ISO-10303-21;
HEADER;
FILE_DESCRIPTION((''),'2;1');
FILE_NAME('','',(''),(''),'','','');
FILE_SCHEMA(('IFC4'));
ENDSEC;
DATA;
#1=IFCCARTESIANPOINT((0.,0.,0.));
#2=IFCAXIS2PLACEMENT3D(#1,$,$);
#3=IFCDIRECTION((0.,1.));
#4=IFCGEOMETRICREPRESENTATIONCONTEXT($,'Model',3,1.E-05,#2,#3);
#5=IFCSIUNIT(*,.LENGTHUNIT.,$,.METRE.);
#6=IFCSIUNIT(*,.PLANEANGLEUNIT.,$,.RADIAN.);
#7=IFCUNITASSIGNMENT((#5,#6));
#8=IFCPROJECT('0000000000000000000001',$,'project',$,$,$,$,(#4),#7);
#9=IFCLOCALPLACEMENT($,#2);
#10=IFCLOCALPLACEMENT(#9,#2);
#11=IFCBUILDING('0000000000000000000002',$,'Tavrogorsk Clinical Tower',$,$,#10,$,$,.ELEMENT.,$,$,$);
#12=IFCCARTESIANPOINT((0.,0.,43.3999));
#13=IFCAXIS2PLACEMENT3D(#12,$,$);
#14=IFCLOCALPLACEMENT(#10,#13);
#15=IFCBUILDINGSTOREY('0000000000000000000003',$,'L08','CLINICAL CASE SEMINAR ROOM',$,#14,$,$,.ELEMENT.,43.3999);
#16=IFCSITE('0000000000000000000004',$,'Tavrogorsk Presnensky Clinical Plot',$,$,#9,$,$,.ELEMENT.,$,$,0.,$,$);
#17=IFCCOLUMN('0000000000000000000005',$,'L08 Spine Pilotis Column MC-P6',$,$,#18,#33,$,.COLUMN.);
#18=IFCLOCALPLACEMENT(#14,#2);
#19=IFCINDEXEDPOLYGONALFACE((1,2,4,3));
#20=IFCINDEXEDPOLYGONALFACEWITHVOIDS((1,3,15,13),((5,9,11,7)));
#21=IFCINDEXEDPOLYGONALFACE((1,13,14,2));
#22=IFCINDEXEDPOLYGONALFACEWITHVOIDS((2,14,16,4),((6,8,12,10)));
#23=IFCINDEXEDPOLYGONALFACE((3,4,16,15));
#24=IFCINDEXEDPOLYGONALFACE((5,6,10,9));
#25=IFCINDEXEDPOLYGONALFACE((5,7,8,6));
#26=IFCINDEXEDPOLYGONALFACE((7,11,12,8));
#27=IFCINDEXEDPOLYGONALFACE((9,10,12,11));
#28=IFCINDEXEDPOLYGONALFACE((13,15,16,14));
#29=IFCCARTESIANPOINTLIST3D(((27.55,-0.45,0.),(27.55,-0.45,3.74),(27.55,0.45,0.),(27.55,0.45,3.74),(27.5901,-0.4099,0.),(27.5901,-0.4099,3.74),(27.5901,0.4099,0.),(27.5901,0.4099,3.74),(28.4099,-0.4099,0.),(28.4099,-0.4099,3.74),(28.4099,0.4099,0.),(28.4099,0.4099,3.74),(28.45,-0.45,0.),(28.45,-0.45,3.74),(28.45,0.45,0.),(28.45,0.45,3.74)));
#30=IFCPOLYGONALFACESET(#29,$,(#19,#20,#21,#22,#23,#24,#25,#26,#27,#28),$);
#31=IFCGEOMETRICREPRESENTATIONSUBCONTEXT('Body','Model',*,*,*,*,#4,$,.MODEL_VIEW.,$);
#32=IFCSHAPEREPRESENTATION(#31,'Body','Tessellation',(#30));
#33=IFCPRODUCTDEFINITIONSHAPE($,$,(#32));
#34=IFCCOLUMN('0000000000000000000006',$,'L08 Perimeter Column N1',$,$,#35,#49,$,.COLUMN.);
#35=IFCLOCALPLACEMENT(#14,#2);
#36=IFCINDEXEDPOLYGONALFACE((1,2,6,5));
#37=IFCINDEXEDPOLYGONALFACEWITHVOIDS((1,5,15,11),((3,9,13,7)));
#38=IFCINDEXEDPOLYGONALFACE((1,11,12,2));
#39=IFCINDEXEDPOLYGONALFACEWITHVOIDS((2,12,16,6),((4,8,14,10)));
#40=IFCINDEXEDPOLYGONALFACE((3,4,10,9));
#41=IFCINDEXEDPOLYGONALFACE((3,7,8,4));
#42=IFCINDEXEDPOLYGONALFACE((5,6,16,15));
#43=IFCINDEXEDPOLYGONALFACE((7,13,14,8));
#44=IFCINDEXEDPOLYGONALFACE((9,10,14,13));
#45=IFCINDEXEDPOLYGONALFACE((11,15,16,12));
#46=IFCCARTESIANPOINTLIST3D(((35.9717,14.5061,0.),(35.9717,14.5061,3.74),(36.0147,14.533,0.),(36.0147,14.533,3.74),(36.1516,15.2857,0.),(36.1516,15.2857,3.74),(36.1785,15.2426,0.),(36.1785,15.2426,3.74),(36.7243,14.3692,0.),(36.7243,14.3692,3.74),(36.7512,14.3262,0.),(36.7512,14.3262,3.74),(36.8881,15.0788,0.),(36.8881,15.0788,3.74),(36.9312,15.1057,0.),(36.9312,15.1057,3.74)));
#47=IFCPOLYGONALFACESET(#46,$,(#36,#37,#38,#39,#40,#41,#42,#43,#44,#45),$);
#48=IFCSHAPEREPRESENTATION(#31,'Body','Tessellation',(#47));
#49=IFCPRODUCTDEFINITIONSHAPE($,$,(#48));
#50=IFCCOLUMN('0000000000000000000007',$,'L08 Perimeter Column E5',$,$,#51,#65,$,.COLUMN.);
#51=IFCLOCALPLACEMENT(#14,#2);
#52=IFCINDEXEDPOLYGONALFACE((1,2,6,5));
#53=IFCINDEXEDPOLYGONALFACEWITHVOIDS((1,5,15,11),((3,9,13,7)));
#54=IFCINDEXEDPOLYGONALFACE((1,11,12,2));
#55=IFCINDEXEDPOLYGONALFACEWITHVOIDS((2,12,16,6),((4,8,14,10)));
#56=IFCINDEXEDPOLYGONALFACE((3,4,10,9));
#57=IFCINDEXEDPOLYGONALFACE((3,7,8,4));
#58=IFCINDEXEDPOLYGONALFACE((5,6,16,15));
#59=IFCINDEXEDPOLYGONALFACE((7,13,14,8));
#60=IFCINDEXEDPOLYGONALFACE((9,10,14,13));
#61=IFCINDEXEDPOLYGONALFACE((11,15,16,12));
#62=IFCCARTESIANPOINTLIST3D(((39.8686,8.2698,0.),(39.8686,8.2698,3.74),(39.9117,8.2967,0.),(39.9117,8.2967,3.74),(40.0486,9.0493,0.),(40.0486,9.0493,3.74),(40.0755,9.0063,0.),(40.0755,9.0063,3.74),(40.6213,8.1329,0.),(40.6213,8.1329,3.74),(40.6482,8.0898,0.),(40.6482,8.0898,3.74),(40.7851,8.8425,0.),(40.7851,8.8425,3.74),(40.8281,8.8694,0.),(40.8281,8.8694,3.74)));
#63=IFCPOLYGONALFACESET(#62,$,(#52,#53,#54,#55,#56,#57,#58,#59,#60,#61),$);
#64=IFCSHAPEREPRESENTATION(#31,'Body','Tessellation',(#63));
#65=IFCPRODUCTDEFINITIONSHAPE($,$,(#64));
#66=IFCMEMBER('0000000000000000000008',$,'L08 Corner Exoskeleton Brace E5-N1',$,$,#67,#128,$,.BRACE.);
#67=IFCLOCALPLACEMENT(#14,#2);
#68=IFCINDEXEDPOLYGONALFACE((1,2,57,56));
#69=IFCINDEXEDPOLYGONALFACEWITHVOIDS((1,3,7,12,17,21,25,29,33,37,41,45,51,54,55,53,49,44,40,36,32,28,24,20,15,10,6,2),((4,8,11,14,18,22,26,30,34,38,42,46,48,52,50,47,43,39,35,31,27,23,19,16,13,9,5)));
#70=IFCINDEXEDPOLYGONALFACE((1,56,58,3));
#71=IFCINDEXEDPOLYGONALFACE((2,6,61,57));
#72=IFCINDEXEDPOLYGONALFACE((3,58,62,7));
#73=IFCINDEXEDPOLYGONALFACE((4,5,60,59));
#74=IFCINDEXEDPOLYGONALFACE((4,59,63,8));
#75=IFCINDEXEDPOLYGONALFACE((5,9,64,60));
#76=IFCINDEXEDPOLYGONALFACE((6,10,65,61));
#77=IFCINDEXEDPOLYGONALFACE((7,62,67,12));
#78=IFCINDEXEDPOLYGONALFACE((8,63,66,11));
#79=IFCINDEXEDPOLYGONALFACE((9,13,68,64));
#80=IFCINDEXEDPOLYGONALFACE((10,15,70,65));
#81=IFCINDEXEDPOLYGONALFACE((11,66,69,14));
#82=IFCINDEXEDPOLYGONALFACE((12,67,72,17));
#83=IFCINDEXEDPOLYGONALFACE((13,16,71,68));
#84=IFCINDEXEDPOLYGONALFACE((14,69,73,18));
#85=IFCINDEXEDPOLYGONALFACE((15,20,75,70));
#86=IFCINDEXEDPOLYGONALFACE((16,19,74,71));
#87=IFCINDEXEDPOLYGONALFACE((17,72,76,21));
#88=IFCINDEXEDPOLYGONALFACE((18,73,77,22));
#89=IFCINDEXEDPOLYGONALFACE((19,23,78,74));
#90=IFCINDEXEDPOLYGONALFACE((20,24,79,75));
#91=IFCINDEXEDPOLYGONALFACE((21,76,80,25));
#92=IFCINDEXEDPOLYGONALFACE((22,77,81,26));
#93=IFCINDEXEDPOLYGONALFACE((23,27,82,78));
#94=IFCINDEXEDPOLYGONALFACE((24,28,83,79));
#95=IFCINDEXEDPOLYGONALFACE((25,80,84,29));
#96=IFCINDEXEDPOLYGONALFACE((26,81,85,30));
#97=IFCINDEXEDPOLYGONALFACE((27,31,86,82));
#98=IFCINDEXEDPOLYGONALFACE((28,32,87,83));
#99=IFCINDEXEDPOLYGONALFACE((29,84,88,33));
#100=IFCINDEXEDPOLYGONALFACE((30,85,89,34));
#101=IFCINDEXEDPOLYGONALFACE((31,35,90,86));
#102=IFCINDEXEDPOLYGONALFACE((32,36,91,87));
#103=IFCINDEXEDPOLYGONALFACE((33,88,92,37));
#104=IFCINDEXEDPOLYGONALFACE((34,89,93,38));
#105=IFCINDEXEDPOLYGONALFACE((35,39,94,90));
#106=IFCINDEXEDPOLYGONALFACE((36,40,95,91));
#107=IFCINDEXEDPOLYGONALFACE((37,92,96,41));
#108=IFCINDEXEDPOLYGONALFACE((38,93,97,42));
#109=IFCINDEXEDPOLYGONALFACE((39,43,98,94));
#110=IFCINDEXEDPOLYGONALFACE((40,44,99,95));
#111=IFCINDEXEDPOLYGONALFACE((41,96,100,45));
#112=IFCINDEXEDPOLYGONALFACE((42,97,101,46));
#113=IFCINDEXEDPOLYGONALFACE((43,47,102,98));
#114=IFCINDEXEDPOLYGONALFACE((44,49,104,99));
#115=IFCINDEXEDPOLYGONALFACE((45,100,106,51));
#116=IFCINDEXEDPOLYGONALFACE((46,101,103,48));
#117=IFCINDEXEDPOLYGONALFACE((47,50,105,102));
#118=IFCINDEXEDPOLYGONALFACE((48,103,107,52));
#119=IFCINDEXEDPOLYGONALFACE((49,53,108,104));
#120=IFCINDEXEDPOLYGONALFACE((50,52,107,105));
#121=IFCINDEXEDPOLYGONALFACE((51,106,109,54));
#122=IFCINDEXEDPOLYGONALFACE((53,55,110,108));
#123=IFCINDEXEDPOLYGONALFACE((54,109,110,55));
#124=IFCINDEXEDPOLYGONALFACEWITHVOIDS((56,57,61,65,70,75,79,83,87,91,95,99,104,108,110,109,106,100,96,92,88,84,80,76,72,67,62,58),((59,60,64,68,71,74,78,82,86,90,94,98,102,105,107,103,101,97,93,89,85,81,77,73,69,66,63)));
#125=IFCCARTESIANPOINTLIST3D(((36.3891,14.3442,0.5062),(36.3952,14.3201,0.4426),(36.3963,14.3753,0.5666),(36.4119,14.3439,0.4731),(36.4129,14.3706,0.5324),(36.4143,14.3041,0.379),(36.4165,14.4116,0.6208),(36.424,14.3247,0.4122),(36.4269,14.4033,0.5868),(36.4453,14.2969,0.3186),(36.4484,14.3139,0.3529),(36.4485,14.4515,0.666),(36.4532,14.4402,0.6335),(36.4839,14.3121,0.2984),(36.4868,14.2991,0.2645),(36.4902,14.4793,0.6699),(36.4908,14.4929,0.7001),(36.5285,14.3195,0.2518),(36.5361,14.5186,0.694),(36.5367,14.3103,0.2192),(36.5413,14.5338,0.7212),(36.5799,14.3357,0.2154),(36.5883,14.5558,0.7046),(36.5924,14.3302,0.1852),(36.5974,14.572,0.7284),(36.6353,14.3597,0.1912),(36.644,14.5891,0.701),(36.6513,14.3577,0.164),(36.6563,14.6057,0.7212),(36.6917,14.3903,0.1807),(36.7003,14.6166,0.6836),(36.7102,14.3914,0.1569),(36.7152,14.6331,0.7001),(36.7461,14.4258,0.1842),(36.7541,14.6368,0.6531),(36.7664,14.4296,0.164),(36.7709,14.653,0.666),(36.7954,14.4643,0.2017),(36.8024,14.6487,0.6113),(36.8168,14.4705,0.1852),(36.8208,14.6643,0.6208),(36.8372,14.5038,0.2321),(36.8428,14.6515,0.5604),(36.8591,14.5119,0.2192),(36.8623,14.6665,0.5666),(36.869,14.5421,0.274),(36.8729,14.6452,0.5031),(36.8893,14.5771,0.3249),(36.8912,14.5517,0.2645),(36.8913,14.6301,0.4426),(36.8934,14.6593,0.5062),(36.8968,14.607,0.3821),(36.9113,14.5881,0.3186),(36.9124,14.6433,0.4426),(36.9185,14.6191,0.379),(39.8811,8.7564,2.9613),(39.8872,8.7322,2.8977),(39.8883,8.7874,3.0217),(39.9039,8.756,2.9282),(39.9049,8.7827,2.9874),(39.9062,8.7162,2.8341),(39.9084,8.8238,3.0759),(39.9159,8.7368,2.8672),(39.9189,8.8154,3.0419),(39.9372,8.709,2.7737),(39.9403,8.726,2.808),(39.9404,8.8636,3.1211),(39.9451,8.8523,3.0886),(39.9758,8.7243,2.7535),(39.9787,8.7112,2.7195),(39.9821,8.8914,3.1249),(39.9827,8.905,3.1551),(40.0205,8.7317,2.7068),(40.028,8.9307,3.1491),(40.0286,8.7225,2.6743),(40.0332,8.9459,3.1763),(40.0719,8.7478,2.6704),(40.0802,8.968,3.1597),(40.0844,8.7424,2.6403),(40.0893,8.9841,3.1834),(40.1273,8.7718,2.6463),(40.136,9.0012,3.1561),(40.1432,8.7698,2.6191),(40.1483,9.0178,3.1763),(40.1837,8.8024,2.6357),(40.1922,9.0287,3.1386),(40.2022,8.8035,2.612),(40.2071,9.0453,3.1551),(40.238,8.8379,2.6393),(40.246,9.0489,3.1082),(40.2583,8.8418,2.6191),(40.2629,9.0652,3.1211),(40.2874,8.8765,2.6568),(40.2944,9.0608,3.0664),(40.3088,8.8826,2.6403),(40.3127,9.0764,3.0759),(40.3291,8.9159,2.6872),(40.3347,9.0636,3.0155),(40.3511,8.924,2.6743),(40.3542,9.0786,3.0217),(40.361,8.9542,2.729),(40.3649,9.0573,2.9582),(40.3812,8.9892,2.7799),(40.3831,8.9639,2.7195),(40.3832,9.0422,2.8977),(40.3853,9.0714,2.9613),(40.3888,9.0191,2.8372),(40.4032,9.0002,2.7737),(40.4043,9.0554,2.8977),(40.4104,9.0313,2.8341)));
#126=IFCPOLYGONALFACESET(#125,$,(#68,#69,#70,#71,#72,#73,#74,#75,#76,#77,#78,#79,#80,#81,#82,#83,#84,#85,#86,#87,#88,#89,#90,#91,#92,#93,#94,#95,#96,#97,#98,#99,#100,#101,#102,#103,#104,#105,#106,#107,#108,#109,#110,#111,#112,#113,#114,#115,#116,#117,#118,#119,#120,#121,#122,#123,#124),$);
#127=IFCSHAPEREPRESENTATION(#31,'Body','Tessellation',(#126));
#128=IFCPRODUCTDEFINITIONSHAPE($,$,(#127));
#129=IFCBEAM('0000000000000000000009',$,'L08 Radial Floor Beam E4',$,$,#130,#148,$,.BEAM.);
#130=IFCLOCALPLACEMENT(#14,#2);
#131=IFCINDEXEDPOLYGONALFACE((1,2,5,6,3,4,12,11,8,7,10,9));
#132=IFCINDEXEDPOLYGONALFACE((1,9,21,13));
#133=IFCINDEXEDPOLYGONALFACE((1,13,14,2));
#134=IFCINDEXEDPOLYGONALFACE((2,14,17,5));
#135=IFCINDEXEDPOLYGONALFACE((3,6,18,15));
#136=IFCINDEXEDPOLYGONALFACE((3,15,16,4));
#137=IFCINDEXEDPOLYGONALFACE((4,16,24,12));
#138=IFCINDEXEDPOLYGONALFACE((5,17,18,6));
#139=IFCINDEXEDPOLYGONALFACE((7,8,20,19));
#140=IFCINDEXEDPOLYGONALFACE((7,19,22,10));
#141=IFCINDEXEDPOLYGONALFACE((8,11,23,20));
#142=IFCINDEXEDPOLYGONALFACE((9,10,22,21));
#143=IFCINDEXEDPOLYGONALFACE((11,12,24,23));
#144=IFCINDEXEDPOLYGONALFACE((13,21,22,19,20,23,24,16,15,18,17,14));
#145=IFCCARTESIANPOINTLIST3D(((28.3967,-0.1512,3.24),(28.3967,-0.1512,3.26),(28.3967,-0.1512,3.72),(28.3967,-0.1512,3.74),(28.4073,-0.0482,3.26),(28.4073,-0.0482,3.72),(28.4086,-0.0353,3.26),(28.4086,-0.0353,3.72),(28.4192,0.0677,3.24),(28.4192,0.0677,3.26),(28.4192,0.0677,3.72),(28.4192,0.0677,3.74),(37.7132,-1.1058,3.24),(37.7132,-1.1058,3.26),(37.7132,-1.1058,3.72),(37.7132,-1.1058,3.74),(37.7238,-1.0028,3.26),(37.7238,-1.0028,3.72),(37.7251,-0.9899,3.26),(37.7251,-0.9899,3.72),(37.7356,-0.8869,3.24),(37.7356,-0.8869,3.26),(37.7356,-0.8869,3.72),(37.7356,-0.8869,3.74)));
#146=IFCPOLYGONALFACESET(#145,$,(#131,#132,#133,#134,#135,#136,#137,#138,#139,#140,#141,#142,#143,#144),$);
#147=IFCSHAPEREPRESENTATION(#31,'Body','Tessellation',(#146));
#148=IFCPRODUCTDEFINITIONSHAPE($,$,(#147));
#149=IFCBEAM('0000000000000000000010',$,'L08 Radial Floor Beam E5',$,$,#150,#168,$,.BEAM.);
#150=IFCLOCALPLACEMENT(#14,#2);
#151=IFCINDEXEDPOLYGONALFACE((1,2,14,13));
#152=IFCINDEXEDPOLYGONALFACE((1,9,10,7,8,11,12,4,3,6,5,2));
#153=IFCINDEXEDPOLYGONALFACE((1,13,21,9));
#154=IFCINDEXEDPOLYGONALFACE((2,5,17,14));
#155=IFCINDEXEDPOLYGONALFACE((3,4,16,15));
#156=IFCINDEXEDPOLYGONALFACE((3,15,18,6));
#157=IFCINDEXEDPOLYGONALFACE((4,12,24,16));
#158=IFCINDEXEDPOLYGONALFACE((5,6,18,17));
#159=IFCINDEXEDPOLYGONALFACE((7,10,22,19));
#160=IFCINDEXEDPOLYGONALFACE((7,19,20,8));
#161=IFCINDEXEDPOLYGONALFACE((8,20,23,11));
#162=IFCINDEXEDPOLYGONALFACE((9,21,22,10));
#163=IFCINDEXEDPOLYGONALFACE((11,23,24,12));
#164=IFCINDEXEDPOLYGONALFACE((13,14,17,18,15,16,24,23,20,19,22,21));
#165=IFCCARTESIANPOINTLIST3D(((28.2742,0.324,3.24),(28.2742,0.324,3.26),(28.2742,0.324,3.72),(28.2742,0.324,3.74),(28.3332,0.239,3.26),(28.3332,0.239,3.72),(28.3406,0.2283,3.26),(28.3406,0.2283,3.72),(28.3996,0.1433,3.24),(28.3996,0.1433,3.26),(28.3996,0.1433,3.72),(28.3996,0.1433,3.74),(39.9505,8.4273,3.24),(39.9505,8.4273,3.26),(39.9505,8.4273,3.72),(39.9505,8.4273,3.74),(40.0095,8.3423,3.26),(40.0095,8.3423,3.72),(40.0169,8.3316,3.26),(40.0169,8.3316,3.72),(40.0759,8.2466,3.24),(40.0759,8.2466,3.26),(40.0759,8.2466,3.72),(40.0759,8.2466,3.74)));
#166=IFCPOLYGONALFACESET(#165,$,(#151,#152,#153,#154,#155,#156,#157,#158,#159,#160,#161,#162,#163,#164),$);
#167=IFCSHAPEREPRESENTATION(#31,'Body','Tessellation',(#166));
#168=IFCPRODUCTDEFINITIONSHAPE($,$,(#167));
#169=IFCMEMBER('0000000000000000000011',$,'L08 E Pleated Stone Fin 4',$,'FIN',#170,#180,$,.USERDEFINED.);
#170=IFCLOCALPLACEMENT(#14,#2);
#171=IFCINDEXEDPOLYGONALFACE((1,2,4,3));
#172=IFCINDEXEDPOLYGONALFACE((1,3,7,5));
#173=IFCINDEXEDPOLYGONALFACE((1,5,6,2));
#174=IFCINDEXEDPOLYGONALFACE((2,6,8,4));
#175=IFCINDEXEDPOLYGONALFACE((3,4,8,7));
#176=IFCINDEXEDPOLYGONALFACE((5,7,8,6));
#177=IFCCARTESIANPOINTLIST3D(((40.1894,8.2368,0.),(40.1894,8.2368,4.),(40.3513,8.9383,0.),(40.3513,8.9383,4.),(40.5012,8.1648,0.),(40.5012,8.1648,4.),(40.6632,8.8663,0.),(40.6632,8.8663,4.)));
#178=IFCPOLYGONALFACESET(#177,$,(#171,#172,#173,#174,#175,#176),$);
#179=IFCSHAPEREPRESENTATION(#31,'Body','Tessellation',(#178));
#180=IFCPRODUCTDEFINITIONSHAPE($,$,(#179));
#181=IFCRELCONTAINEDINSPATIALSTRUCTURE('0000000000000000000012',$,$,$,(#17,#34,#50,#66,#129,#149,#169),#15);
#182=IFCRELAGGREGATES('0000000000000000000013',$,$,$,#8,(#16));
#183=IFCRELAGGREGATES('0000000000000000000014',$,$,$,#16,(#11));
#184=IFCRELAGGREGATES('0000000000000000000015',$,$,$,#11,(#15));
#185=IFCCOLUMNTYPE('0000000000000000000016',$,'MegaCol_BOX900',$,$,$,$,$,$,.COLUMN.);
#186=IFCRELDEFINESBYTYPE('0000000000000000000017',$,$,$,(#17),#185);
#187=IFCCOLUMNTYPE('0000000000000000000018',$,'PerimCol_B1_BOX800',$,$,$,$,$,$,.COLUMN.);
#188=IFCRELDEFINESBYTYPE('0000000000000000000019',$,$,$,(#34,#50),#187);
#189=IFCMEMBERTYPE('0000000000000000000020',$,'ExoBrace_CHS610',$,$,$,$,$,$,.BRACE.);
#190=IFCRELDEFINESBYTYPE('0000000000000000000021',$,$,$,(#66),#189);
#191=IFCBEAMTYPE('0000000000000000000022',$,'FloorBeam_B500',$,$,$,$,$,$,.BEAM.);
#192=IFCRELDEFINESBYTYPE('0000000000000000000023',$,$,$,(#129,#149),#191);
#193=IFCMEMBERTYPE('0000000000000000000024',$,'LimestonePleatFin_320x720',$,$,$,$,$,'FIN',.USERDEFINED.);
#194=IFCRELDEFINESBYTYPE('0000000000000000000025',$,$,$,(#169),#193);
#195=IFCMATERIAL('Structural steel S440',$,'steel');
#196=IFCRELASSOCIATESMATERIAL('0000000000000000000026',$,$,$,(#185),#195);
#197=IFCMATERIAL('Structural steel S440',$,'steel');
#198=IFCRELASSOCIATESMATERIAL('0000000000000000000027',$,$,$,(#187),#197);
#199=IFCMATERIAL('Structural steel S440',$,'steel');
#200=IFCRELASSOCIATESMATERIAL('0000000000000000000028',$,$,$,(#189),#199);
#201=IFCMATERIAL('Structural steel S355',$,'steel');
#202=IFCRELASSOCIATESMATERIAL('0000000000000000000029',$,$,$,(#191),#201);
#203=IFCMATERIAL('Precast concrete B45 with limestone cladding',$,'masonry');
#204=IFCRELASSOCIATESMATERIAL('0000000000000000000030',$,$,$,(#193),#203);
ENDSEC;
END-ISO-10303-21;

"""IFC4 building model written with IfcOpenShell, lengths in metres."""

from ifc_helpers import new_model, si_unit, direction, frame, origin, origin_2d, place, context, subcontext, project, spatial, rectangle, hollow_rectangle, hollow_circle, i_section, extrude, material, material_profile, profile_set, type_object, element, save


model = new_model("IFC4")

# Units and contexts
model_context = context("Model", 3, precision=1e-05, world=origin(), true_north=direction((0.0, 1.0)))
body_context = subcontext(model_context, "Body", "Model", "MODEL_VIEW")
ifc_project = project(units=[si_unit("LENGTHUNIT", "METRE"), si_unit("PLANEANGLEUNIT", "RADIAN")], contexts=[model_context])

# Site, building, storey
site_placement = place(None, origin())
site = spatial("IfcSite", under=ifc_project, at=site_placement, Name="Tavrogorsk Presnensky Clinical Plot", CompositionType="ELEMENT", RefElevation=0.0)
building_placement = place(site_placement, origin())
building = spatial("IfcBuilding", under=site, at=building_placement, Name="Tavrogorsk Clinical Tower", CompositionType="ELEMENT")
storey_placement = place(building_placement, frame((0.0, 0.0, 43.3999)))
storey = spatial("IfcBuildingStorey", under=building, at=storey_placement, Name="L08", Description="CLINICAL CASE SEMINAR ROOM", CompositionType="ELEMENT", Elevation=43.3999)

# Columns
ifc_material_1 = material(Name="Structural steel S440", Category="steel")
ifc_material_profile_1 = material_profile(ifc_material_1, hollow_rectangle(XDim=0.8999, YDim=0.8999, WallThickness=0.04, at=origin_2d()), Name="BOX-900x900x40")
ifc_profile_set_1 = profile_set([ifc_material_profile_1], Name="Structural steel S440")
column_type_1 = type_object("IfcColumnType", Name="MegaCol_BOX900", PredefinedType="COLUMN", material=ifc_profile_set_1)
column_placement = place(storey_placement, frame((28.0, 0.0, 0.0), z_axis=(0.0, 0.0, 1.0), x_axis=(1.0, 0.0, 0.0)))
element("IfcColumn", 1, at=column_placement, inside=storey, type_object=column_type_1, Name="L08 Spine Pilotis Column MC-P6", PredefinedType="COLUMN", context=body_context, shape_type="SweptSolid", body=[
    extrude(hollow_rectangle(XDim=0.8999, YDim=0.8999, WallThickness=0.04, at=origin_2d()), origin(), (0.0, 0.0, 1.0), 3.74),
])
ifc_material_2 = material(Name="Structural steel S440", Category="steel")
ifc_material_profile_2 = material_profile(ifc_material_2, hollow_rectangle(XDim=0.8, YDim=0.8, WallThickness=0.0359, at=origin_2d()), Name="BOX-800x800x36")
ifc_profile_set_2 = profile_set([ifc_material_profile_2], Name="Structural steel S440")
column_type_2 = type_object("IfcColumnType", Name="PerimCol_B1_BOX800", PredefinedType="COLUMN", material=ifc_profile_set_2)
for number, where, z_axis, x_axis, name in (
    (2, (36.4514, 14.8059, 0.0), (0.0, 0.0, 1.0), (0.97437, -0.224951, 0.0), "L08 Perimeter Column N1"),
    (3, (40.3484, 8.5696, 0.0), (0.0, 0.0, 1.0), (0.97437, -0.224951, 0.0), "L08 Perimeter Column E5"),
):
    element("IfcColumn", number, at=place(storey_placement, frame(where, z_axis=z_axis, x_axis=x_axis)), inside=storey, type_object=column_type_2, Name=name, PredefinedType="COLUMN", context=body_context, shape_type="SweptSolid", body=[
        extrude(hollow_rectangle(XDim=0.8, YDim=0.8, WallThickness=0.0359, at=origin_2d()), origin(), (0.0, 0.0, 1.0), 3.74),
    ])

# Member
ifc_material_3 = material(Name="Structural steel S440", Category="steel")
ifc_material_profile_3 = material_profile(ifc_material_3, hollow_circle(Radius=0.3049, WallThickness=0.0249, at=origin_2d()), Name="CHS-610x25")
ifc_profile_set_3 = profile_set([ifc_material_profile_3], Name="Structural steel S440")
member_type_1 = type_object("IfcMemberType", Name="ExoBrace_CHS610", PredefinedType="BRACE", material=ifc_profile_set_3)
member_1_placement = place(storey_placement, frame((36.6538, 14.4817, 0.4426), z_axis=(0.496596, -0.794665, 0.349142), x_axis=(0.848032, 0.529946, 0.0)))
element("IfcMember", 4, at=member_1_placement, inside=storey, type_object=member_type_1, Name="L08 Corner Exoskeleton Brace E5-N1", PredefinedType="BRACE", context=body_context, shape_type="SweptSolid", body=[
    extrude(hollow_circle(Radius=0.3049, WallThickness=0.0249, at=origin_2d()), origin(), (0.0, 0.0, 1.0), 7.0317),
])

# Beams
ifc_material_4 = material(Name="Structural steel S355", Category="steel")
ifc_material_profile_4 = material_profile(ifc_material_4, i_section(OverallWidth=0.22, OverallDepth=0.5, WebThickness=0.0129, FlangeThickness=0.02, at=origin_2d()), Name="B-500x220x13x20")
ifc_profile_set_4 = profile_set([ifc_material_profile_4], Name="Structural steel S355")
beam_type_1 = type_object("IfcBeamType", Name="FloorBeam_B500", PredefinedType="BEAM", material=ifc_profile_set_4)
beam_1_placement = place(storey_placement, frame((28.408, -0.0417, 3.49), z_axis=(0.994792, -0.10193, 0.0), x_axis=(0.10193, 0.994792, 0.0)))
element("IfcBeam", 5, at=beam_1_placement, inside=storey, type_object=beam_type_1, Name="L08 Radial Floor Beam E4", PredefinedType="BEAM", context=body_context, shape_type="SweptSolid", body=[
    extrude(i_section(OverallWidth=0.22, OverallDepth=0.5, WebThickness=0.0129, FlangeThickness=0.02, at=origin_2d()), origin(), (0.0, 0.0, 1.0), 9.3652),
])
beam_2_placement = place(storey_placement, frame((28.3369, 0.2336, 3.49), z_axis=(0.821543, 0.570147, 0.0), x_axis=(-0.570147, 0.821543, 0.0)))
element("IfcBeam", 6, at=beam_2_placement, inside=storey, type_object=beam_type_1, Name="L08 Radial Floor Beam E5", PredefinedType="BEAM", context=body_context, shape_type="SweptSolid", body=[
    extrude(i_section(OverallWidth=0.22, OverallDepth=0.5, WebThickness=0.0129, FlangeThickness=0.02, at=origin_2d()), origin(), (0.0, 0.0, 1.0), 14.2126),
])

# Member
ifc_material_5 = material(Name="Precast concrete B45 with limestone cladding", Category="masonry")
ifc_material_profile_5 = material_profile(ifc_material_5, rectangle(XDim=0.3201, YDim=0.72, at=origin_2d()), Name="LIMESTONE-FIN-320x720")
ifc_profile_set_5 = profile_set([ifc_material_profile_5], Name="Precast concrete B45 with limestone cladding")
member_type_2 = type_object("IfcMemberType", Name="LimestonePleatFin_320x720", ElementType="FIN", PredefinedType="USERDEFINED", material=ifc_profile_set_5)
member_2_placement = place(storey_placement, frame((40.4263, 8.5515, 0.0), z_axis=(0.0, 0.0, 1.0), x_axis=(0.97437, -0.224951, 0.0)))
element("IfcMember", 7, at=member_2_placement, inside=storey, type_object=member_type_2, Name="L08 E Pleated Stone Fin 4", ObjectType="FIN", PredefinedType="USERDEFINED", context=body_context, shape_type="SweptSolid", body=[
    extrude(rectangle(XDim=0.3201, YDim=0.72, at=origin_2d()), origin(), (0.0, 0.0, 1.0), 4.0),
])

save(model, "model.ifc")
